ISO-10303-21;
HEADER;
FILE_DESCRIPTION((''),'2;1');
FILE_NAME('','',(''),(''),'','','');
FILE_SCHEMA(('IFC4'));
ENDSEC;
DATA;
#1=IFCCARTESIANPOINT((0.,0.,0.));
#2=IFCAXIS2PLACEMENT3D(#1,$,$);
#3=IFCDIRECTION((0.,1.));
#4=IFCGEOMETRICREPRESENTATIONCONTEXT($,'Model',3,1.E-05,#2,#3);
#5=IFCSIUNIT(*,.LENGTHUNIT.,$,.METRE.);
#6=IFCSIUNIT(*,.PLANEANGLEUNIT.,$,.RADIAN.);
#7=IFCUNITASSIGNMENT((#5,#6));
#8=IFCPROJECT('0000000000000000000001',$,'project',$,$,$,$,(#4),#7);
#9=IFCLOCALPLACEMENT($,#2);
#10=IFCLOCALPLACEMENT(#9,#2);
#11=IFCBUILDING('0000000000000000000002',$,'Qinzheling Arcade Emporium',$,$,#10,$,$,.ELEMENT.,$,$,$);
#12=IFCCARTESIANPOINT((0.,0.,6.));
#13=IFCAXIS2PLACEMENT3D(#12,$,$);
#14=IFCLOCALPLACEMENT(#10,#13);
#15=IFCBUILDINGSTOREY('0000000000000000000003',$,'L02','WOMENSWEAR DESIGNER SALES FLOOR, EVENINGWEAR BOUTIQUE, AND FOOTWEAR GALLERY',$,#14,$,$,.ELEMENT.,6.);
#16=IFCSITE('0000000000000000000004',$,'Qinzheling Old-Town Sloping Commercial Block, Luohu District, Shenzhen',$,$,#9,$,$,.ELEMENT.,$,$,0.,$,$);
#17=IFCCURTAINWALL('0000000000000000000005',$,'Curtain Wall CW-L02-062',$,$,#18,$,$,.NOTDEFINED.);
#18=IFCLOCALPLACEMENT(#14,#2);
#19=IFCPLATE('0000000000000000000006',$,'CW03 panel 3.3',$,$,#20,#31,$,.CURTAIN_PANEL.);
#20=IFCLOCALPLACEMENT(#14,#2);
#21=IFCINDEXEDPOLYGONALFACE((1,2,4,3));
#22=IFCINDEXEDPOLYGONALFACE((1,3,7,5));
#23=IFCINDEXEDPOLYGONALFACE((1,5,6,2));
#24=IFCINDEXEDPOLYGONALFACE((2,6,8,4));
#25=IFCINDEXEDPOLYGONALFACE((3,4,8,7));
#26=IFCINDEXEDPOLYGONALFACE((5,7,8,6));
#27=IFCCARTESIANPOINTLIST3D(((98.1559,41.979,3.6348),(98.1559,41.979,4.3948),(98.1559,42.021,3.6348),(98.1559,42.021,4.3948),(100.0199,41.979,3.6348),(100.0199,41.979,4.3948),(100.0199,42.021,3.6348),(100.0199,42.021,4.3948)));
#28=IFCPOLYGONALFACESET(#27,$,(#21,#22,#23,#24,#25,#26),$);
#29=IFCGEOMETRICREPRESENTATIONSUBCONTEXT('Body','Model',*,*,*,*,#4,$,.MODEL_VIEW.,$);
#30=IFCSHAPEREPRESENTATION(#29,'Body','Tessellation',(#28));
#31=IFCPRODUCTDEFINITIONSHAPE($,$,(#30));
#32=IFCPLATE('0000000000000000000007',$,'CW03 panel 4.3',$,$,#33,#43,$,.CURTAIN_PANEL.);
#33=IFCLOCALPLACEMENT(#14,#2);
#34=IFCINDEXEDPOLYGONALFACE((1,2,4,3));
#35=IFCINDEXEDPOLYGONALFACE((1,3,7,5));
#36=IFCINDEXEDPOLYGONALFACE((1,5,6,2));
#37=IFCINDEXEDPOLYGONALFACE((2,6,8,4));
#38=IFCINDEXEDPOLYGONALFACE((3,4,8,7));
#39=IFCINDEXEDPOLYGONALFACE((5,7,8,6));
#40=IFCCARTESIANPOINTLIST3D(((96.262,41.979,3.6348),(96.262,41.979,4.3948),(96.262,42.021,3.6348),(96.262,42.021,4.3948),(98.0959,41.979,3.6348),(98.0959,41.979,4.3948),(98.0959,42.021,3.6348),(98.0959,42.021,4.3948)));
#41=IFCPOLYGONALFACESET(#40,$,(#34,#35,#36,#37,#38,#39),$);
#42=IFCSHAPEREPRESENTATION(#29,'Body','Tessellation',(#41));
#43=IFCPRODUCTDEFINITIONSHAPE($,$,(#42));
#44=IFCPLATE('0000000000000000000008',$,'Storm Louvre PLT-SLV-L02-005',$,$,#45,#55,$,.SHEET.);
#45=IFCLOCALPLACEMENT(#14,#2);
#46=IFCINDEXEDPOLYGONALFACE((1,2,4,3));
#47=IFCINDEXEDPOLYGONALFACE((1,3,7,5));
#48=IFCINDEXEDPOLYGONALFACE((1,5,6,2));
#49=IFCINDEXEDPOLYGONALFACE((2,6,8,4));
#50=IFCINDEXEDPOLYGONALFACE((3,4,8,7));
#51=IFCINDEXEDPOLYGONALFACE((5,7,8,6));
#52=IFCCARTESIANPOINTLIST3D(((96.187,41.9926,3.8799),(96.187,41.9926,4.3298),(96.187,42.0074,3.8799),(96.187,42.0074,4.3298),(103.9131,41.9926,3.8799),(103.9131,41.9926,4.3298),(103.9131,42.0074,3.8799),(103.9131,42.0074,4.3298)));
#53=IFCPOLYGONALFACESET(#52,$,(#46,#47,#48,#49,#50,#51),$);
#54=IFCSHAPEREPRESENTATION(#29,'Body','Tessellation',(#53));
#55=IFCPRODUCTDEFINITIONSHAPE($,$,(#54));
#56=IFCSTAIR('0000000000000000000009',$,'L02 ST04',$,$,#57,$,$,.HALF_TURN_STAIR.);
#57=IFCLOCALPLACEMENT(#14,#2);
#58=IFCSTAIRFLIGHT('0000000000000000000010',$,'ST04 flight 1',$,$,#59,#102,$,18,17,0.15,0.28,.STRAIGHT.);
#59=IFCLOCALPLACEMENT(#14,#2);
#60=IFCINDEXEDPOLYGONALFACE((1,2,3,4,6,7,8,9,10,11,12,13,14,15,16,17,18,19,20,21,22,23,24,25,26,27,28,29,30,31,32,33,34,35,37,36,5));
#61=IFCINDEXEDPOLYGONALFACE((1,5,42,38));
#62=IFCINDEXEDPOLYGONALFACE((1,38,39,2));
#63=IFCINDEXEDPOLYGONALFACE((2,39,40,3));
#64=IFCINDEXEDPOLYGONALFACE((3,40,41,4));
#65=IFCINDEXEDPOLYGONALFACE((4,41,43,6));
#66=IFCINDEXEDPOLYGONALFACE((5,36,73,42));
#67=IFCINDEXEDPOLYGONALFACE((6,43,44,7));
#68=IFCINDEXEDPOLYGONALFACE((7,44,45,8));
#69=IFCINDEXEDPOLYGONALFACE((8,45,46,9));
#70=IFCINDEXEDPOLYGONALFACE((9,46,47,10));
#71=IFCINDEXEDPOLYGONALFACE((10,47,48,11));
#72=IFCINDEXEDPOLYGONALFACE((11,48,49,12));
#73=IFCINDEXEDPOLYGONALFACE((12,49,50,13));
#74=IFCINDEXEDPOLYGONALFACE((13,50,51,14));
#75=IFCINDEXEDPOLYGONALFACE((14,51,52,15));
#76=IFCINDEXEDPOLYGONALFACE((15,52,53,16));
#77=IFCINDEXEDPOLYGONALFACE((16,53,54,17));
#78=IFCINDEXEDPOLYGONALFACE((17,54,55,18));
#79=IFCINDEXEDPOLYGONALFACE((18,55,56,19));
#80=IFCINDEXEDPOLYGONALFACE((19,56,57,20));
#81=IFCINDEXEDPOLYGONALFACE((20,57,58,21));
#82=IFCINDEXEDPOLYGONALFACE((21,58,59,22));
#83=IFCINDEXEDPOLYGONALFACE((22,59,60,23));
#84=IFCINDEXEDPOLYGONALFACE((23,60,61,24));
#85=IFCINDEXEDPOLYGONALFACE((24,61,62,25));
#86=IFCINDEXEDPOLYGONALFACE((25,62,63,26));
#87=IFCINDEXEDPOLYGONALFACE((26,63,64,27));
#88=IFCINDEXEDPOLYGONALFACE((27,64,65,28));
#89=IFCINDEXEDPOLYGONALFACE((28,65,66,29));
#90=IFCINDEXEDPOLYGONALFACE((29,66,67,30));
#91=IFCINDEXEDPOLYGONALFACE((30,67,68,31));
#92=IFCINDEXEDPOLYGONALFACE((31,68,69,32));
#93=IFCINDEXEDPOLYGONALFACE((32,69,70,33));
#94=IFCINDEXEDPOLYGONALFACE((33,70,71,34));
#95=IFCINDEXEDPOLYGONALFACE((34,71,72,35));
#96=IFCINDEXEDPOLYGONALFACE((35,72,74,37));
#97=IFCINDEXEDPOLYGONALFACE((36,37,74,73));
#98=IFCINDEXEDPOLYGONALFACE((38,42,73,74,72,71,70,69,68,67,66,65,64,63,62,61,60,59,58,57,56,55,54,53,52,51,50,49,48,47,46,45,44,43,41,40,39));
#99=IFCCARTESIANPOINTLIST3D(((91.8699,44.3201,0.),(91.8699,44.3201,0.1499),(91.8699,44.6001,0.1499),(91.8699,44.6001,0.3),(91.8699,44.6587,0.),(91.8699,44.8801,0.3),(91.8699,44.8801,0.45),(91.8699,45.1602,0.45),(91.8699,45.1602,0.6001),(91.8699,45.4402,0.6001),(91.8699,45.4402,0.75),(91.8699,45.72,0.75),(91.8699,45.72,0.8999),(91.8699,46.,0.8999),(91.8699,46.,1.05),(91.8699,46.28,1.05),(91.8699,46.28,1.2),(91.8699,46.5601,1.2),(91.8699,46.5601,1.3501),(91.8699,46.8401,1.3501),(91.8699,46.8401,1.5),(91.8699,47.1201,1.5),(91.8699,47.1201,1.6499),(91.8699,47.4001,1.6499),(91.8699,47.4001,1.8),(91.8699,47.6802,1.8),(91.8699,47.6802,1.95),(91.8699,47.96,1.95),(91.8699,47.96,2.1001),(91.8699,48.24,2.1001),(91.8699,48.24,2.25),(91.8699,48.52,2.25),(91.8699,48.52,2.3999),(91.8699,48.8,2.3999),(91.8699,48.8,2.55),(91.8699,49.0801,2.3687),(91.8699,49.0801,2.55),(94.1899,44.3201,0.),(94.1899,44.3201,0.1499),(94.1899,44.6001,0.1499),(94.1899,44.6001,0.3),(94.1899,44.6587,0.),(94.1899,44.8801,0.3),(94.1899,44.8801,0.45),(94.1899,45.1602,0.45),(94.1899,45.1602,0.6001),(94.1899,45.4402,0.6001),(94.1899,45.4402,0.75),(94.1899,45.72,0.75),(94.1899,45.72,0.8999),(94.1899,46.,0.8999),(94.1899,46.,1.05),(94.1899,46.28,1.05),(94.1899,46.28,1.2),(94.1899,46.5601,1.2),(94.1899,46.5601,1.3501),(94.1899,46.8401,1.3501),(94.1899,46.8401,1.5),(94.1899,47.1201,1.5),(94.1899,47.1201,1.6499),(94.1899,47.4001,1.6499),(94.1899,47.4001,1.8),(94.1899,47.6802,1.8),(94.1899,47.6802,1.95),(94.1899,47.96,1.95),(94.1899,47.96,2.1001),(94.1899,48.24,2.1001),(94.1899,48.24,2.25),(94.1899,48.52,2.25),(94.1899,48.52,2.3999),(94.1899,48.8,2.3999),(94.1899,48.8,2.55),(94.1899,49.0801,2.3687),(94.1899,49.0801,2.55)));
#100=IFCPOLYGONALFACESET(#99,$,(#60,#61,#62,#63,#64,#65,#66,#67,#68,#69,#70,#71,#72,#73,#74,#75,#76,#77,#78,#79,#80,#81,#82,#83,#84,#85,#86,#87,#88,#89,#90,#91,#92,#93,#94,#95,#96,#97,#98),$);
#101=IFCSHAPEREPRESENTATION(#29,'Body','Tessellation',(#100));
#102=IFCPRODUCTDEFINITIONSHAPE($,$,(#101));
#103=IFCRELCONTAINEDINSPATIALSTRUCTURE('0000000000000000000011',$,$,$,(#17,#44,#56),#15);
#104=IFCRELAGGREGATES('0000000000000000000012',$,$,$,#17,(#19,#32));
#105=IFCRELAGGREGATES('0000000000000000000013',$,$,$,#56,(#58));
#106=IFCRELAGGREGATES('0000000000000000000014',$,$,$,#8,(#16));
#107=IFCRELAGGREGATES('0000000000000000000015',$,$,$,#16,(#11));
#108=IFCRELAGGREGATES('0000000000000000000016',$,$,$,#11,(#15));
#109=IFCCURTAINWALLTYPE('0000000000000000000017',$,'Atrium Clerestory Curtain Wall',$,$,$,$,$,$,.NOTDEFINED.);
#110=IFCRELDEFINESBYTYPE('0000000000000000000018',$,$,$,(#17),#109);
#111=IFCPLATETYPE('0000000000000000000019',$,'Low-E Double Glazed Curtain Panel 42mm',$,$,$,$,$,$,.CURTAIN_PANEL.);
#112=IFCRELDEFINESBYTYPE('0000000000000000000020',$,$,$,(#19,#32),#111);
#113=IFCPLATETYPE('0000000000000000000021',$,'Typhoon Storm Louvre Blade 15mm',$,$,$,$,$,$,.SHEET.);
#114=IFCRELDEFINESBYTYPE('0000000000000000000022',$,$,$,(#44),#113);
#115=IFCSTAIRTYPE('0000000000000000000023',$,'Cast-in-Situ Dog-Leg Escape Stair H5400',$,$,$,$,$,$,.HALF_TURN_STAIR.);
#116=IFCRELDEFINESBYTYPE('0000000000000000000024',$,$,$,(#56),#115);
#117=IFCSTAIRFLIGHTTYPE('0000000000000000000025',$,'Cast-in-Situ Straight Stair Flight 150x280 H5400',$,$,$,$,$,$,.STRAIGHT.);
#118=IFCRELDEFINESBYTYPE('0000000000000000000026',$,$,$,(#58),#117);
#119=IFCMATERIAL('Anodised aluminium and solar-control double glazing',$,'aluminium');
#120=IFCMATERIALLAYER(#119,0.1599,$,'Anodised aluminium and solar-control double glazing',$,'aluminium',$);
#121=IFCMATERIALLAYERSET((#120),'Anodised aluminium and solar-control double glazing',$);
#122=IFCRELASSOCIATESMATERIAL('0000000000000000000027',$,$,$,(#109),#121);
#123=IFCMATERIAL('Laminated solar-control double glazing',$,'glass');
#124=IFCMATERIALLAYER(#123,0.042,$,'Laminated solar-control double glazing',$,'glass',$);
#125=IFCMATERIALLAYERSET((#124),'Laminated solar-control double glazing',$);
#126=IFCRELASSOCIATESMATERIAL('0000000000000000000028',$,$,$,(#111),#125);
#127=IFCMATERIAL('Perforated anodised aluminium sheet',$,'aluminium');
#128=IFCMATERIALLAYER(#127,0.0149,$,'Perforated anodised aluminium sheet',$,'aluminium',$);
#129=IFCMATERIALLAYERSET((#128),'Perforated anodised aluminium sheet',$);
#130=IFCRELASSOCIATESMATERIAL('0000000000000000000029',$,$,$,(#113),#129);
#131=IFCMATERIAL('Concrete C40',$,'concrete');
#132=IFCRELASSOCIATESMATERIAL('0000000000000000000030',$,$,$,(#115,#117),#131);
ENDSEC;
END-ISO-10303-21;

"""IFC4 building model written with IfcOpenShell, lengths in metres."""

from ifc_helpers import new_model, si_unit, direction, frame, origin, origin_2d, place, context, subcontext, project, spatial, polyline, rectangle, outline, extrude, material, layer, layer_set, type_object, element, aggregate, save


model = new_model("IFC4")

# Units and contexts
model_context = context("Model", 3, precision=1e-05, world=origin(), true_north=direction((0.0, 1.0)))
body_context = subcontext(model_context, "Body", "Model", "MODEL_VIEW")
ifc_project = project(units=[si_unit("LENGTHUNIT", "METRE"), si_unit("PLANEANGLEUNIT", "RADIAN")], contexts=[model_context])

# Site, building, storey
site_placement = place(None, origin())
site = spatial("IfcSite", under=ifc_project, at=site_placement, Name="Qinzheling Old-Town Sloping Commercial Block, Luohu District, Shenzhen", CompositionType="ELEMENT", RefElevation=0.0)
building_placement = place(site_placement, origin())
building = spatial("IfcBuilding", under=site, at=building_placement, Name="Qinzheling Arcade Emporium", CompositionType="ELEMENT")
storey_placement = place(building_placement, frame((0.0, 0.0, 6.0)))
storey = spatial("IfcBuildingStorey", under=building, at=storey_placement, Name="L02", Description="WOMENSWEAR DESIGNER SALES FLOOR, EVENINGWEAR BOUTIQUE, AND FOOTWEAR GALLERY", CompositionType="ELEMENT", Elevation=6.0)

# Curtain wall
ifc_material_1 = material(Name="Anodised aluminium and solar-control double glazing", Category="aluminium")
ifc_layer_1 = layer(ifc_material_1, 0.1599, Name="Anodised aluminium and solar-control double glazing", Category="aluminium")
ifc_layer_set_1 = layer_set([ifc_layer_1], Name="Anodised aluminium and solar-control double glazing")
curtain_wall_type = type_object("IfcCurtainWallType", Name="Atrium Clerestory Curtain Wall", PredefinedType="NOTDEFINED", material=ifc_layer_set_1)
curtain_wall_placement = place(storey_placement, origin())
curtain_wall = element("IfcCurtainWall", 1, at=curtain_wall_placement, inside=storey, type_object=curtain_wall_type, Name="Curtain Wall CW-L02-062", PredefinedType="NOTDEFINED")

# Shared definitions
ifc_material_2 = material(Name="Concrete C40", Category="concrete")

# Plates
ifc_material_3 = material(Name="Laminated solar-control double glazing", Category="glass")
ifc_layer_2 = layer(ifc_material_3, 0.042, Name="Laminated solar-control double glazing", Category="glass")
ifc_layer_set_2 = layer_set([ifc_layer_2], Name="Laminated solar-control double glazing")
plate_type_1 = type_object("IfcPlateType", Name="Low-E Double Glazed Curtain Panel 42mm", PredefinedType="CURTAIN_PANEL", material=ifc_layer_set_2)
plate_1_placement = place(storey_placement, frame((99.0879, 42.0, 3.6348), z_axis=(0.0, 0.0, 1.0), x_axis=(-1.0, 0.0, 0.0)))
plate_1 = element("IfcPlate", 2, at=plate_1_placement, type_object=plate_type_1, Name="CW03 panel 3.3", PredefinedType="CURTAIN_PANEL", context=body_context, shape_type="SweptSolid", body=[
    extrude(rectangle(XDim=1.864, YDim=0.042, at=origin_2d()), origin(), (0.0, 0.0, 1.0), 0.76),
])
plate_2_placement = place(storey_placement, frame((97.179, 42.0, 3.6348), z_axis=(0.0, 0.0, 1.0), x_axis=(-1.0, 0.0, 0.0)))
plate_2 = element("IfcPlate", 3, at=plate_2_placement, type_object=plate_type_1, Name="CW03 panel 4.3", PredefinedType="CURTAIN_PANEL", context=body_context, shape_type="SweptSolid", body=[
    extrude(rectangle(XDim=1.834, YDim=0.042, at=origin_2d()), origin(), (0.0, 0.0, 1.0), 0.76),
])
aggregate(curtain_wall, [plate_1, plate_2])
ifc_material_4 = material(Name="Perforated anodised aluminium sheet", Category="aluminium")
ifc_layer_3 = layer(ifc_material_4, 0.0149, Name="Perforated anodised aluminium sheet", Category="aluminium")
ifc_layer_set_3 = layer_set([ifc_layer_3], Name="Perforated anodised aluminium sheet")
plate_type_2 = type_object("IfcPlateType", Name="Typhoon Storm Louvre Blade 15mm", PredefinedType="SHEET", material=ifc_layer_set_3)
plate_3_placement = place(storey_placement, frame((100.05, 42.0, 3.8799), z_axis=(0.0, 0.0, 1.0), x_axis=(-1.0, 0.0, 0.0)))
element("IfcPlate", 4, at=plate_3_placement, inside=storey, type_object=plate_type_2, Name="Storm Louvre PLT-SLV-L02-005", PredefinedType="SHEET", context=body_context, shape_type="SweptSolid", body=[
    extrude(rectangle(XDim=7.7261, YDim=0.0149, at=origin_2d()), origin(), (0.0, 0.0, 1.0), 0.45),
])

# Stair, stair flight
stair_type = type_object("IfcStairType", Name="Cast-in-Situ Dog-Leg Escape Stair H5400", PredefinedType="HALF_TURN_STAIR", material=ifc_material_2)
stair_placement = place(storey_placement, origin())
stair = element("IfcStair", 5, at=stair_placement, inside=storey, type_object=stair_type, Name="L02 ST04", PredefinedType="HALF_TURN_STAIR")
stair_flight_type = type_object("IfcStairFlightType", Name="Cast-in-Situ Straight Stair Flight 150x280 H5400", PredefinedType="STRAIGHT", material=ifc_material_2)
stair_flight_placement = place(storey_placement, frame((93.03, 44.3201, 0.0), z_axis=(0.0, 0.0, 1.0), x_axis=(0.0, 1.0, 0.0)))
stair_flight = element("IfcStairFlight", 6, at=stair_flight_placement, type_object=stair_flight_type, Name="ST04 flight 1", NumberOfRisers=18, NumberOfTreads=17, PredefinedType="STRAIGHT", RiserHeight=0.15, TreadLength=0.28, context=body_context, shape_type="SweptSolid", body=[
    extrude(outline(polyline([(0.0, 0.0), (0.0, 0.1499), (0.28, 0.1499), (0.28, 0.3), (0.5601, 0.3), (0.5601, 0.45), (0.8401, 0.45), (0.8401, 0.6001), (1.1201, 0.6001), (1.1201, 0.75), (1.3999, 0.75), (1.3999, 0.8999), (1.6799, 0.8999), (1.6799, 1.05), (1.96, 1.05), (1.96, 1.2), (2.24, 1.2), (2.24, 1.3501), (2.52, 1.3501), (2.52, 1.5), (2.8, 1.5), (2.8, 1.6499), (3.0801, 1.6499), (3.0801, 1.8), (3.3601, 1.8), (3.3601, 1.95), (3.6399, 1.95), (3.6399, 2.1001), (3.9199, 2.1001), (3.9199, 2.25), (4.2, 2.25), (4.2, 2.3999), (4.48, 2.3999), (4.48, 2.55), (4.76, 2.55), (4.76, 2.7), (4.76, 2.3687), (0.3386, 0.0), (0.0, 0.0)])), frame((0.0, 1.1602, 0.0), z_axis=(0.0, -1.0, 0.0), x_axis=(1.0, 0.0, 0.0)), (0.0, 0.0, 1.0), 2.3201),
])
aggregate(stair, [stair_flight])

save(model, "model.ifc")
